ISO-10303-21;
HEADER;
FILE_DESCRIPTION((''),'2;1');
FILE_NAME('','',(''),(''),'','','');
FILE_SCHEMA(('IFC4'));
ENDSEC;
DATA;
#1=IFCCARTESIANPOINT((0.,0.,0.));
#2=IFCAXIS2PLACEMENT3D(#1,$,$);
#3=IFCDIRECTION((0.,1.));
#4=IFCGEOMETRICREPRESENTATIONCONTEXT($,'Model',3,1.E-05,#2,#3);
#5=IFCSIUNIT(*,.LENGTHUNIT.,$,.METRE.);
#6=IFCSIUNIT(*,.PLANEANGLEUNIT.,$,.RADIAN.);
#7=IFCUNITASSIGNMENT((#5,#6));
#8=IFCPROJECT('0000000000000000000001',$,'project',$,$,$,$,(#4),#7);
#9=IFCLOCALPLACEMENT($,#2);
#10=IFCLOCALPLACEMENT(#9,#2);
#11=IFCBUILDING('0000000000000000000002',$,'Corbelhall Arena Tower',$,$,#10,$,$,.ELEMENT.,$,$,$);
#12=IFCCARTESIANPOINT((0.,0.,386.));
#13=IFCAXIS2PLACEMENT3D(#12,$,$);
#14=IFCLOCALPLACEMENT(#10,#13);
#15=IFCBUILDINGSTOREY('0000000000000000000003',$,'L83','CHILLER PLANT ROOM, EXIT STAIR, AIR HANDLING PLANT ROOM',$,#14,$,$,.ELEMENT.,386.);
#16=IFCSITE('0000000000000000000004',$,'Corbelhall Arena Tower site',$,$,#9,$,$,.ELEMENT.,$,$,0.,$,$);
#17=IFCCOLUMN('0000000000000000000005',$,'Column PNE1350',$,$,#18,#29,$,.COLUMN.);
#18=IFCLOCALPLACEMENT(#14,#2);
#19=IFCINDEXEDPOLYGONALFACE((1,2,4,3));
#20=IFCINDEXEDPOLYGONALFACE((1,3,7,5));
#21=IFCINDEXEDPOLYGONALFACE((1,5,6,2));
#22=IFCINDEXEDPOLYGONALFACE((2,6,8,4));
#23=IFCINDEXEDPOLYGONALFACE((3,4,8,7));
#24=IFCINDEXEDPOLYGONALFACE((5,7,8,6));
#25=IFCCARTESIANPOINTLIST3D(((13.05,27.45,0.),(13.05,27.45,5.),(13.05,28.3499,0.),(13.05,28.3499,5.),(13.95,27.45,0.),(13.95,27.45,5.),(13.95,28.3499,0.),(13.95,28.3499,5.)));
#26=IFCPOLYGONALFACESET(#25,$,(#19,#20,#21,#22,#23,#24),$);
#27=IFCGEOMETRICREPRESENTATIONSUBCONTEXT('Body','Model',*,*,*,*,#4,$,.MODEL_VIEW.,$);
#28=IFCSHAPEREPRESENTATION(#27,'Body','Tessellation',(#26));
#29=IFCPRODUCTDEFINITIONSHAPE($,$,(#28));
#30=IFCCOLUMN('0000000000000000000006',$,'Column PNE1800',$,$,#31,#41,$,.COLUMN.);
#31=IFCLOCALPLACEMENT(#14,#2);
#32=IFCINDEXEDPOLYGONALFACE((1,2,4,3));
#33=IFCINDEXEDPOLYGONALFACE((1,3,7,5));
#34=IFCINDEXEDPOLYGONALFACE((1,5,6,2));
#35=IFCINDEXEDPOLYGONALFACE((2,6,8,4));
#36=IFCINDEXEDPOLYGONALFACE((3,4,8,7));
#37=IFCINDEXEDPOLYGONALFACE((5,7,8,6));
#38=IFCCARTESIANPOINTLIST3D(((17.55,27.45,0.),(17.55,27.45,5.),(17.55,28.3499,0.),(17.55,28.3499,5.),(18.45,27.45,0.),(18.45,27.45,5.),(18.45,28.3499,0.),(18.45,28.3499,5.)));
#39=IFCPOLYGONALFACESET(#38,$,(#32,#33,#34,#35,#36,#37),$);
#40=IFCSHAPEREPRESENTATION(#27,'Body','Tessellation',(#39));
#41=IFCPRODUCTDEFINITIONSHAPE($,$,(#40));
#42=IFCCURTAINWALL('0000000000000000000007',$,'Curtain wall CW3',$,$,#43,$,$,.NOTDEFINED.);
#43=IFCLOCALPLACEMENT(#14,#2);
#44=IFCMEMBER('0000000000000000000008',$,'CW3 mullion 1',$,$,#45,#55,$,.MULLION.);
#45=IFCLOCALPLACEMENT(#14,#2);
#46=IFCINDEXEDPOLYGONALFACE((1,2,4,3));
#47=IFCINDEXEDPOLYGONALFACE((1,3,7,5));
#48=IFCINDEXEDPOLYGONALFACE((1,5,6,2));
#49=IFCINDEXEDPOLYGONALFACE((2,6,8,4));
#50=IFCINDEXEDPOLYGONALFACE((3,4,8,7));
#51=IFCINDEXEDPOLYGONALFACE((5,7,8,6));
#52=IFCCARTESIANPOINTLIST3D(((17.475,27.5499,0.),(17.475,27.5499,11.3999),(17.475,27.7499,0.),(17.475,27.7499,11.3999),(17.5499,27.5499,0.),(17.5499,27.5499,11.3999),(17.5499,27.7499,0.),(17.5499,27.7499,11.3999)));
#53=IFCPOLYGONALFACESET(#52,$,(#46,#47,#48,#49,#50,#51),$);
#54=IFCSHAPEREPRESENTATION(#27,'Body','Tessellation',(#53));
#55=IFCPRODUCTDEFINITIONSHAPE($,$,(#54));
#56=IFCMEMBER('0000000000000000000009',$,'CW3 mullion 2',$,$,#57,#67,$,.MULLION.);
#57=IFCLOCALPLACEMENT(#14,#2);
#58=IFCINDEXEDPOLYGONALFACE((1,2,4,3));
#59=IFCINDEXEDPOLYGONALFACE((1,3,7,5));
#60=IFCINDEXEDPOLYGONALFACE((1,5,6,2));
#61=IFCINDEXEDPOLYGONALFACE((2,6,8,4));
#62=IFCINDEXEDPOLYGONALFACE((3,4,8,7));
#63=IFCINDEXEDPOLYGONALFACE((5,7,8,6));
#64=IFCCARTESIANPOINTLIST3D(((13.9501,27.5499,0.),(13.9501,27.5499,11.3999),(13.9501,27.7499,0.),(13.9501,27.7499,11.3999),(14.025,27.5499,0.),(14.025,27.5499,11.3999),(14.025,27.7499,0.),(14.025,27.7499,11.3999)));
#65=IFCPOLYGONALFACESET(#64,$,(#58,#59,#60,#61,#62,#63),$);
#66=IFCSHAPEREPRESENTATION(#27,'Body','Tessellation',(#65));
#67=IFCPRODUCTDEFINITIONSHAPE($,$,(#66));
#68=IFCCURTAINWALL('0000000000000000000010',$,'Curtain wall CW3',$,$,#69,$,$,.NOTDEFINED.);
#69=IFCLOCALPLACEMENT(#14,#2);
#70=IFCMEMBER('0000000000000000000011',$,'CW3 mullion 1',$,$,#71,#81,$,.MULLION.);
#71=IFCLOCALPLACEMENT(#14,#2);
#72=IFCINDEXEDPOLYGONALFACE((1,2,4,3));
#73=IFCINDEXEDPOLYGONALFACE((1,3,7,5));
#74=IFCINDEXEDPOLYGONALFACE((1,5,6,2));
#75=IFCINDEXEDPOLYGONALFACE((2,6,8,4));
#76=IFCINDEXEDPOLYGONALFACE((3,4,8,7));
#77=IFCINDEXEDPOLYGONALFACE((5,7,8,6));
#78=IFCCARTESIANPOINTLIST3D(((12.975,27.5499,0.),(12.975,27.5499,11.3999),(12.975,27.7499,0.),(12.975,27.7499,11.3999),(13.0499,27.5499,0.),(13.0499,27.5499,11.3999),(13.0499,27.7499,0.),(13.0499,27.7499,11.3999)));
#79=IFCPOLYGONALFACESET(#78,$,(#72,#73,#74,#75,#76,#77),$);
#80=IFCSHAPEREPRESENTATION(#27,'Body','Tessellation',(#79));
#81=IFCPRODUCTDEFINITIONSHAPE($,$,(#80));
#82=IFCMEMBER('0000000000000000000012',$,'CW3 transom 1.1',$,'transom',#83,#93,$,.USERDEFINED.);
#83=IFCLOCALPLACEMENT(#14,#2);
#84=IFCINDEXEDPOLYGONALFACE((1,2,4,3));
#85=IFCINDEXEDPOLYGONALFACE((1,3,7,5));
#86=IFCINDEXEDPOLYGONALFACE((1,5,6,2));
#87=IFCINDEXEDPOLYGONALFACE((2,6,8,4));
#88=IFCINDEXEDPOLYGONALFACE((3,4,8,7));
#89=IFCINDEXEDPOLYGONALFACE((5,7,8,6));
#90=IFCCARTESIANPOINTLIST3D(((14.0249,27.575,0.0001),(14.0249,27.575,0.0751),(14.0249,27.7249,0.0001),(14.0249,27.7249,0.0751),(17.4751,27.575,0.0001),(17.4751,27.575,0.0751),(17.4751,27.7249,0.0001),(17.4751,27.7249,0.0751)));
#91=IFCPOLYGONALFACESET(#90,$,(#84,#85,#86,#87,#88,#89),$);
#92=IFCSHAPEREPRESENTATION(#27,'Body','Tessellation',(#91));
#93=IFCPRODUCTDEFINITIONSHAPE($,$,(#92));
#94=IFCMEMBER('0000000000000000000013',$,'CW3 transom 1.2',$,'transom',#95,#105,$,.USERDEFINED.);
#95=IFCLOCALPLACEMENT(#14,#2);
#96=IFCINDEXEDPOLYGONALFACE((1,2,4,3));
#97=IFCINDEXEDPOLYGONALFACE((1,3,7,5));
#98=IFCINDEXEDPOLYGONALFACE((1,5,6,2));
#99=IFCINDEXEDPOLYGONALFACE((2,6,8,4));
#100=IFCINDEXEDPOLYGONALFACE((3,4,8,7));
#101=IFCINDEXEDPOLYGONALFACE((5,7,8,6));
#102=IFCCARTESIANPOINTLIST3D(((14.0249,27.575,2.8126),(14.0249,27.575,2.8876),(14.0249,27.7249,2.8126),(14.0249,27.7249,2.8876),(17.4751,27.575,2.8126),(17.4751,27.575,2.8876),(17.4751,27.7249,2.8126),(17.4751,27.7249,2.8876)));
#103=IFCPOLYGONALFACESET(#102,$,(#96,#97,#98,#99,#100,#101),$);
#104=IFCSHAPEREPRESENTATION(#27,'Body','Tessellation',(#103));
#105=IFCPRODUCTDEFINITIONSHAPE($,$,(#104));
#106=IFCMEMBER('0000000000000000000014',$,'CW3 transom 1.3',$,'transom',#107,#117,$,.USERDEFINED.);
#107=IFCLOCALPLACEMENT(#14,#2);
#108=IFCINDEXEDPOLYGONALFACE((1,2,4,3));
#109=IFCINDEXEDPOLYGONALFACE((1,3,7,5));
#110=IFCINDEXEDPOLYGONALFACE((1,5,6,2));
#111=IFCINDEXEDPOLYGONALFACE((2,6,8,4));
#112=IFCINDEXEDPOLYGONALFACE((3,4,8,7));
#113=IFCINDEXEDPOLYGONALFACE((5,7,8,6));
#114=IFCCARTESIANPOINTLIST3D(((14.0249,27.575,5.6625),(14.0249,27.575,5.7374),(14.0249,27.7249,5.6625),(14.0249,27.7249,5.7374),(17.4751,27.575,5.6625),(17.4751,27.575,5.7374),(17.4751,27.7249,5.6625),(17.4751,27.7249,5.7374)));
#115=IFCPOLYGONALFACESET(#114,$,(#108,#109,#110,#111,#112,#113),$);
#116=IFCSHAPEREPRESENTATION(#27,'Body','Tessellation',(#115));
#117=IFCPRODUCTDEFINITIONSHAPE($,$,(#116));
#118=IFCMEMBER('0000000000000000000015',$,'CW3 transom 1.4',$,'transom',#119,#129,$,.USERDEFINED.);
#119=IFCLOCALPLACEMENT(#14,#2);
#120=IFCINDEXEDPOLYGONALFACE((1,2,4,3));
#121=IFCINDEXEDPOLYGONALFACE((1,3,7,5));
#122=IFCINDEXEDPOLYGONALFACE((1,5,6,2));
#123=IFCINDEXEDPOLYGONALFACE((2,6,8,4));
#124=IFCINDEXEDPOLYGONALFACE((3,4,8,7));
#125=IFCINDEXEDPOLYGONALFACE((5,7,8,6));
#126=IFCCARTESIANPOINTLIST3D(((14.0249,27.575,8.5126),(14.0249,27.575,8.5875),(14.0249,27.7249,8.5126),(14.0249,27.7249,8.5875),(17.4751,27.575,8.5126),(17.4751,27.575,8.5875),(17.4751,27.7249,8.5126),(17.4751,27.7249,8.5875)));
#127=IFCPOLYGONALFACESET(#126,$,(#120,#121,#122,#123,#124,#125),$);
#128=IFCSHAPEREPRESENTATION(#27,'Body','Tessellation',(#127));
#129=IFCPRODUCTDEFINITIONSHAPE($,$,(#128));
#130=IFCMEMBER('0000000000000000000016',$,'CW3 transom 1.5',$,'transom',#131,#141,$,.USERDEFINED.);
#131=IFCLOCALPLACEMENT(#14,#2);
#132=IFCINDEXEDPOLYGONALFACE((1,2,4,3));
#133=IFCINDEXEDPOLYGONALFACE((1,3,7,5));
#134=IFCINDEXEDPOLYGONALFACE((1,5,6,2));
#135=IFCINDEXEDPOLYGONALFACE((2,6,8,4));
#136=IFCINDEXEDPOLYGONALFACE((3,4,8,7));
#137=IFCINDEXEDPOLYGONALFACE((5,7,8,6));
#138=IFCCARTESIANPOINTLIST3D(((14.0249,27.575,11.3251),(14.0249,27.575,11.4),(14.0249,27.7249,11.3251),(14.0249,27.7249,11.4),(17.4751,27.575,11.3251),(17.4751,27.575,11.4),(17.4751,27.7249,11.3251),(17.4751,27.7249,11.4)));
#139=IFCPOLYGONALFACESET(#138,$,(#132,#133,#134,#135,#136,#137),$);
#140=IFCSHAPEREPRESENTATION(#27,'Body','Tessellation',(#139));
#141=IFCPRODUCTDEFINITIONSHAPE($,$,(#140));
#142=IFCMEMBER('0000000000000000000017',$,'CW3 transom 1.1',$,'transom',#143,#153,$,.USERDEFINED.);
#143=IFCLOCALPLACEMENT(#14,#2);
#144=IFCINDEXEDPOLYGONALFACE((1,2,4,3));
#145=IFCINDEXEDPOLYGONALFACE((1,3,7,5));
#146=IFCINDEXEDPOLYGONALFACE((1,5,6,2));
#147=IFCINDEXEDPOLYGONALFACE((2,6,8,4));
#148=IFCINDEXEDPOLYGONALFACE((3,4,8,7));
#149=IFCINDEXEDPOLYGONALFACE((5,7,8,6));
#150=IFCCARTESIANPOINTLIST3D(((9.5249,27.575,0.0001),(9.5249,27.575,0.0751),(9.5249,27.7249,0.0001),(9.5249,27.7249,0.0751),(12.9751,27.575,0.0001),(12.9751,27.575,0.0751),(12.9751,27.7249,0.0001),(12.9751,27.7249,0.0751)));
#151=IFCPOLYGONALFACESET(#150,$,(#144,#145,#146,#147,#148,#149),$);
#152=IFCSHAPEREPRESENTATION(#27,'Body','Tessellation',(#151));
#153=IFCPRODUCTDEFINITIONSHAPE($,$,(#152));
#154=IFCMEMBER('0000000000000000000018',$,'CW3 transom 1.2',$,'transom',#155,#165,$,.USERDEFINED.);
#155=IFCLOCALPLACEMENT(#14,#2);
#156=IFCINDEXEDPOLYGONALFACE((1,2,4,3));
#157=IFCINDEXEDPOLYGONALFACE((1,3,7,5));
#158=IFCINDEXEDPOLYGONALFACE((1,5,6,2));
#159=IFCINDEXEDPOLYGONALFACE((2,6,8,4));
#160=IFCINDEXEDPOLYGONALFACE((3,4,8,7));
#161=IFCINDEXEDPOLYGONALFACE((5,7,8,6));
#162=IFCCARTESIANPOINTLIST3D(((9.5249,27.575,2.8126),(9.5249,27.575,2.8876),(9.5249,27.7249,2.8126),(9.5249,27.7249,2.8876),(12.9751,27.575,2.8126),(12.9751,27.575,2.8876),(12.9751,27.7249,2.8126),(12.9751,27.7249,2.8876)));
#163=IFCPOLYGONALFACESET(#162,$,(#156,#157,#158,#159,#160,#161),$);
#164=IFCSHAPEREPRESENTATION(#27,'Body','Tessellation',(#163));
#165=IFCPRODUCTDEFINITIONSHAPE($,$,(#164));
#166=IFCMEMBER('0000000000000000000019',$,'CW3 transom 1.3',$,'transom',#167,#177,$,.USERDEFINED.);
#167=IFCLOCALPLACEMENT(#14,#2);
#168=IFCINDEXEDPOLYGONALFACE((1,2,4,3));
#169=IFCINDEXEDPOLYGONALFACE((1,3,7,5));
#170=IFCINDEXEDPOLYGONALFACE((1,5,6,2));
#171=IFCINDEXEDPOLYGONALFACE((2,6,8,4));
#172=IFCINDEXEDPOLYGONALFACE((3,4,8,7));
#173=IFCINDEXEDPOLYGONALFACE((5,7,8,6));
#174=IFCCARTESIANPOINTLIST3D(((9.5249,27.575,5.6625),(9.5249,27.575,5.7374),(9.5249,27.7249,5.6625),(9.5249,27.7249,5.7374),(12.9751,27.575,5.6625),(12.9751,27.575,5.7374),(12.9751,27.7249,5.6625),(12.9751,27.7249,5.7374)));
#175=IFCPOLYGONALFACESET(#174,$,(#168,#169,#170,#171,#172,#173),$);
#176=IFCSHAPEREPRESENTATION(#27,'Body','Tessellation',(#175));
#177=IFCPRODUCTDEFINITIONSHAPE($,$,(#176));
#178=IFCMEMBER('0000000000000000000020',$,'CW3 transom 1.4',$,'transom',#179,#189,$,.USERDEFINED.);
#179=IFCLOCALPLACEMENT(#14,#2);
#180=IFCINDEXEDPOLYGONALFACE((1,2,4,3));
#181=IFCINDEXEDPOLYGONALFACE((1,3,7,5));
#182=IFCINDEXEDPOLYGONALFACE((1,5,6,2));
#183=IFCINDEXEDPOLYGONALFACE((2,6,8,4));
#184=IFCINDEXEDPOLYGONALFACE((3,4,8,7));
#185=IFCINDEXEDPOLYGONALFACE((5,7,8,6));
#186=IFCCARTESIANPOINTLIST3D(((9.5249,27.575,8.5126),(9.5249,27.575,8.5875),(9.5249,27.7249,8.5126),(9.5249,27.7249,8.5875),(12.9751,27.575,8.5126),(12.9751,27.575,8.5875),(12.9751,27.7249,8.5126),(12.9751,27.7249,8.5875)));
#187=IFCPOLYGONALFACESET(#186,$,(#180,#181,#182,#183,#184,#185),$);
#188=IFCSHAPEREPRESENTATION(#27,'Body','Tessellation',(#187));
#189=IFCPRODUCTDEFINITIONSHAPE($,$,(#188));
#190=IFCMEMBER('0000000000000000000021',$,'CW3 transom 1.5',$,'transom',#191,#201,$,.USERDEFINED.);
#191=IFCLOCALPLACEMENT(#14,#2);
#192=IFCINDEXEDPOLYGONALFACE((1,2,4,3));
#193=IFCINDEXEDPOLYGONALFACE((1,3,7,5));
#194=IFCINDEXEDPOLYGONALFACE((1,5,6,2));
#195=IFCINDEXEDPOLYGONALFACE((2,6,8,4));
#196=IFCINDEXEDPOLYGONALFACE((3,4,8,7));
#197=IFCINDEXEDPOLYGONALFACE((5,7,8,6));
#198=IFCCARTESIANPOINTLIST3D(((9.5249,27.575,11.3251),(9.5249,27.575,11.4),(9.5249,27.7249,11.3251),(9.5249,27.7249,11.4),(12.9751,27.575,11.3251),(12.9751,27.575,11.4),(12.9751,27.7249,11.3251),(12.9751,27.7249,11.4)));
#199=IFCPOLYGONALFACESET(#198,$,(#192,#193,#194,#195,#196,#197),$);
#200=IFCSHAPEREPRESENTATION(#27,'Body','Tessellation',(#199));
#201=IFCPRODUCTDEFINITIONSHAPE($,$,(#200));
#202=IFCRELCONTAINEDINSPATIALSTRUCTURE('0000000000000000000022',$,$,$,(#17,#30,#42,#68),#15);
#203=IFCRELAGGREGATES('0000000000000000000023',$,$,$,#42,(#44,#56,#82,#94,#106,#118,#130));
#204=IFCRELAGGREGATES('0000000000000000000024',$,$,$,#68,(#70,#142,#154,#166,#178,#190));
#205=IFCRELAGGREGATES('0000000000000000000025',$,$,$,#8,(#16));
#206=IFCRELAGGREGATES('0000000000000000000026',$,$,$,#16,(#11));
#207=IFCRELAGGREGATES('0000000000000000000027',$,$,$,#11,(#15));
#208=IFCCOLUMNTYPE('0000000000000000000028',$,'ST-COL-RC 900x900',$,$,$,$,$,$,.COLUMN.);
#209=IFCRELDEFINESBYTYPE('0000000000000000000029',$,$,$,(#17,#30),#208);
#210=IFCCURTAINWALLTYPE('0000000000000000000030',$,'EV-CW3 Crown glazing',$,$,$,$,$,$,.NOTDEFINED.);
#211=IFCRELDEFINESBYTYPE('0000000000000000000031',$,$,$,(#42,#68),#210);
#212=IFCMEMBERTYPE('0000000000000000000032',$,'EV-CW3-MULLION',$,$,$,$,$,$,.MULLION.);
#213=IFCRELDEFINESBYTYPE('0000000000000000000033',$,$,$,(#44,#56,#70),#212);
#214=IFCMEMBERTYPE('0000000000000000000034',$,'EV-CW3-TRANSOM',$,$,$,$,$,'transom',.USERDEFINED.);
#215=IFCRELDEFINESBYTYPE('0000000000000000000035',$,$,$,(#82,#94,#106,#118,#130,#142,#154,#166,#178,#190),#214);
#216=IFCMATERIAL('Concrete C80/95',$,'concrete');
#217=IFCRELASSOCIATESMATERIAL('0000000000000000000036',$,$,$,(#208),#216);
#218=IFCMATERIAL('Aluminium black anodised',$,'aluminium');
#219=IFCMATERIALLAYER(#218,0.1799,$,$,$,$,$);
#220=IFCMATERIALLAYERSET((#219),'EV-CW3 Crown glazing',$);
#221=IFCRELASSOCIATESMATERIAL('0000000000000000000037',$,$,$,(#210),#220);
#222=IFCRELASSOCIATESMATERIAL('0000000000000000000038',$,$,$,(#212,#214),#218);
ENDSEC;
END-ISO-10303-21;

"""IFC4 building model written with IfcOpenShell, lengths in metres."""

from ifc_helpers import new_model, si_unit, direction, frame, origin, origin_2d, place, context, subcontext, project, spatial, rectangle, extrude, material, layer, layer_set, material_profile, profile_set, type_object, element, aggregate, save


model = new_model("IFC4")

# Units and contexts
model_context = context("Model", 3, precision=1e-05, world=origin(), true_north=direction((0.0, 1.0)))
body_context = subcontext(model_context, "Body", "Model", "MODEL_VIEW")
ifc_project = project(units=[si_unit("LENGTHUNIT", "METRE"), si_unit("PLANEANGLEUNIT", "RADIAN")], contexts=[model_context])

# Site, building, storey
site_placement = place(None, origin())
site = spatial("IfcSite", under=ifc_project, at=site_placement, Name="Corbelhall Arena Tower site", CompositionType="ELEMENT", RefElevation=0.0)
building_placement = place(site_placement, origin())
building = spatial("IfcBuilding", under=site, at=building_placement, Name="Corbelhall Arena Tower", CompositionType="ELEMENT")
storey_placement = place(building_placement, frame((0.0, 0.0, 386.0)))
storey = spatial("IfcBuildingStorey", under=building, at=storey_placement, Name="L83", Description="CHILLER PLANT ROOM, EXIT STAIR, AIR HANDLING PLANT ROOM", CompositionType="ELEMENT", Elevation=386.0)

# Columns
ifc_material_1 = material(Name="Concrete C80/95", Category="concrete")
ifc_material_profile_1 = material_profile(ifc_material_1, rectangle(XDim=0.8999, YDim=0.8999, at=origin_2d()))
ifc_profile_set_1 = profile_set([ifc_material_profile_1], Name="Concrete C80/95")
column_type = type_object("IfcColumnType", Name="ST-COL-RC 900x900", PredefinedType="COLUMN", material=ifc_profile_set_1)
for number, where, z_axis, x_axis, name in (
    (1, (13.5, 27.8999, 0.0), (0.0, 0.0, 1.0), (1.0, 0.0, 0.0), "Column PNE1350"),
    (2, (18.0, 27.8999, 0.0), (0.0, 0.0, 1.0), (1.0, 0.0, 0.0), "Column PNE1800"),
):
    element("IfcColumn", number, at=place(storey_placement, frame(where, z_axis=z_axis, x_axis=x_axis)), inside=storey, type_object=column_type, Name=name, PredefinedType="COLUMN", context=body_context, shape_type="SweptSolid", body=[
        extrude(rectangle(XDim=0.8999, YDim=0.8999, at=origin_2d()), origin(), (0.0, 0.0, 1.0), 5.0),
    ])

# Curtain wall, members
ifc_material_2 = material(Name="Aluminium black anodised", Category="aluminium")
ifc_layer_1 = layer(ifc_material_2, 0.1799)
ifc_layer_set_1 = layer_set([ifc_layer_1], Name="EV-CW3 Crown glazing")
curtain_wall_type = type_object("IfcCurtainWallType", Name="EV-CW3 Crown glazing", PredefinedType="NOTDEFINED", material=ifc_layer_set_1)
curtain_wall_1_placement = place(storey_placement, origin())
curtain_wall_1 = element("IfcCurtainWall", 3, at=curtain_wall_1_placement, inside=storey, type_object=curtain_wall_type, Name="Curtain wall CW3", PredefinedType="NOTDEFINED")
ifc_material_profile_2 = material_profile(ifc_material_2, rectangle(XDim=0.2, YDim=0.075, at=origin_2d()))
ifc_profile_set_2 = profile_set([ifc_material_profile_2], Name="Aluminium black anodised")
member_type_1 = type_object("IfcMemberType", Name="EV-CW3-MULLION", PredefinedType="MULLION", material=ifc_profile_set_2)
member_1_placement = place(storey_placement, frame((17.5125, 27.6499, 0.0), z_axis=(0.0, 0.0, 1.0), x_axis=(0.0, -1.0, 0.0)))
member_1 = element("IfcMember", 4, at=member_1_placement, type_object=member_type_1, Name="CW3 mullion 1", PredefinedType="MULLION", context=body_context, shape_type="SweptSolid", body=[
    extrude(rectangle(XDim=0.2, YDim=0.075, at=origin_2d()), origin(), (0.0, 0.0, 1.0), 11.3999),
])
member_2_placement = place(storey_placement, frame((13.9875, 27.6499, 0.0), z_axis=(0.0, 0.0, 1.0), x_axis=(0.0, -1.0, 0.0)))
member_2 = element("IfcMember", 5, at=member_2_placement, type_object=member_type_1, Name="CW3 mullion 2", PredefinedType="MULLION", context=body_context, shape_type="SweptSolid", body=[
    extrude(rectangle(XDim=0.2, YDim=0.075, at=origin_2d()), origin(), (0.0, 0.0, 1.0), 11.3999),
])

# Curtain wall, member
curtain_wall_2_placement = place(storey_placement, origin())
curtain_wall_2 = element("IfcCurtainWall", 6, at=curtain_wall_2_placement, inside=storey, type_object=curtain_wall_type, Name="Curtain wall CW3", PredefinedType="NOTDEFINED")
member_3_placement = place(storey_placement, frame((13.0125, 27.6499, 0.0), z_axis=(0.0, 0.0, 1.0), x_axis=(0.0, -1.0, 0.0)))
member_3 = element("IfcMember", 7, at=member_3_placement, type_object=member_type_1, Name="CW3 mullion 1", PredefinedType="MULLION", context=body_context, shape_type="SweptSolid", body=[
    extrude(rectangle(XDim=0.2, YDim=0.075, at=origin_2d()), origin(), (0.0, 0.0, 1.0), 11.3999),
])

# Members
ifc_material_profile_3 = material_profile(ifc_material_2, rectangle(XDim=0.1499, YDim=0.075, at=origin_2d()))
ifc_profile_set_3 = profile_set([ifc_material_profile_3], Name="Aluminium black anodised")
member_type_2 = type_object("IfcMemberType", Name="EV-CW3-TRANSOM", ElementType="transom", PredefinedType="USERDEFINED", material=ifc_profile_set_3)
member_4_placement = place(storey_placement, frame((17.4751, 27.6499, 0.0376), z_axis=(-1.0, 0.0, 0.0), x_axis=(0.0, -1.0, 0.0)))
member_4 = element("IfcMember", 8, at=member_4_placement, type_object=member_type_2, Name="CW3 transom 1.1", ObjectType="transom", PredefinedType="USERDEFINED", context=body_context, shape_type="SweptSolid", body=[
    extrude(rectangle(XDim=0.1499, YDim=0.075, at=origin_2d()), origin(), (0.0, 0.0, 1.0), 3.4502),
])
member_5_placement = place(storey_placement, frame((17.4751, 27.6499, 2.8501), z_axis=(-1.0, 0.0, 0.0), x_axis=(0.0, -1.0, 0.0)))
member_5 = element("IfcMember", 9, at=member_5_placement, type_object=member_type_2, Name="CW3 transom 1.2", ObjectType="transom", PredefinedType="USERDEFINED", context=body_context, shape_type="SweptSolid", body=[
    extrude(rectangle(XDim=0.1499, YDim=0.075, at=origin_2d()), origin(), (0.0, 0.0, 1.0), 3.4502),
])
member_6_placement = place(storey_placement, frame((17.4751, 27.6499, 5.7), z_axis=(-1.0, 0.0, 0.0), x_axis=(0.0, -1.0, 0.0)))
member_6 = element("IfcMember", 10, at=member_6_placement, type_object=member_type_2, Name="CW3 transom 1.3", ObjectType="transom", PredefinedType="USERDEFINED", context=body_context, shape_type="SweptSolid", body=[
    extrude(rectangle(XDim=0.1499, YDim=0.075, at=origin_2d()), origin(), (0.0, 0.0, 1.0), 3.4502),
])
member_7_placement = place(storey_placement, frame((17.4751, 27.6499, 8.55), z_axis=(-1.0, 0.0, 0.0), x_axis=(0.0, -1.0, 0.0)))
member_7 = element("IfcMember", 11, at=member_7_placement, type_object=member_type_2, Name="CW3 transom 1.4", ObjectType="transom", PredefinedType="USERDEFINED", context=body_context, shape_type="SweptSolid", body=[
    extrude(rectangle(XDim=0.1499, YDim=0.075, at=origin_2d()), origin(), (0.0, 0.0, 1.0), 3.4502),
])
member_8_placement = place(storey_placement, frame((17.4751, 27.6499, 11.3625), z_axis=(-1.0, 0.0, 0.0), x_axis=(0.0, -1.0, 0.0)))
member_8 = element("IfcMember", 12, at=member_8_placement, type_object=member_type_2, Name="CW3 transom 1.5", ObjectType="transom", PredefinedType="USERDEFINED", context=body_context, shape_type="SweptSolid", body=[
    extrude(rectangle(XDim=0.1499, YDim=0.075, at=origin_2d()), origin(), (0.0, 0.0, 1.0), 3.4502),
])
member_9_placement = place(storey_placement, frame((12.9751, 27.6499, 0.0376), z_axis=(-1.0, 0.0, 0.0), x_axis=(0.0, -1.0, 0.0)))
member_9 = element("IfcMember", 13, at=member_9_placement, type_object=member_type_2, Name="CW3 transom 1.1", ObjectType="transom", PredefinedType="USERDEFINED", context=body_context, shape_type="SweptSolid", body=[
    extrude(rectangle(XDim=0.1499, YDim=0.075, at=origin_2d()), origin(), (0.0, 0.0, 1.0), 3.4502),
])
member_10_placement = place(storey_placement, frame((12.9751, 27.6499, 2.8501), z_axis=(-1.0, 0.0, 0.0), x_axis=(0.0, -1.0, 0.0)))
member_10 = element("IfcMember", 14, at=member_10_placement, type_object=member_type_2, Name="CW3 transom 1.2", ObjectType="transom", PredefinedType="USERDEFINED", context=body_context, shape_type="SweptSolid", body=[
    extrude(rectangle(XDim=0.1499, YDim=0.075, at=origin_2d()), origin(), (0.0, 0.0, 1.0), 3.4502),
])
member_11_placement = place(storey_placement, frame((12.9751, 27.6499, 5.7), z_axis=(-1.0, 0.0, 0.0), x_axis=(0.0, -1.0, 0.0)))
member_11 = element("IfcMember", 15, at=member_11_placement, type_object=member_type_2, Name="CW3 transom 1.3", ObjectType="transom", PredefinedType="USERDEFINED", context=body_context, shape_type="SweptSolid", body=[
    extrude(rectangle(XDim=0.1499, YDim=0.075, at=origin_2d()), origin(), (0.0, 0.0, 1.0), 3.4502),
])
member_12_placement = place(storey_placement, frame((12.9751, 27.6499, 8.55), z_axis=(-1.0, 0.0, 0.0), x_axis=(0.0, -1.0, 0.0)))
member_12 = element("IfcMember", 16, at=member_12_placement, type_object=member_type_2, Name="CW3 transom 1.4", ObjectType="transom", PredefinedType="USERDEFINED", context=body_context, shape_type="SweptSolid", body=[
    extrude(rectangle(XDim=0.1499, YDim=0.075, at=origin_2d()), origin(), (0.0, 0.0, 1.0), 3.4502),
])
member_13_placement = place(storey_placement, frame((12.9751, 27.6499, 11.3625), z_axis=(-1.0, 0.0, 0.0), x_axis=(0.0, -1.0, 0.0)))
member_13 = element("IfcMember", 17, at=member_13_placement, type_object=member_type_2, Name="CW3 transom 1.5", ObjectType="transom", PredefinedType="USERDEFINED", context=body_context, shape_type="SweptSolid", body=[
    extrude(rectangle(XDim=0.1499, YDim=0.075, at=origin_2d()), origin(), (0.0, 0.0, 1.0), 3.4502),
])

aggregate(curtain_wall_1, [member_1, member_2, member_4, member_5, member_6, member_7, member_8])
aggregate(curtain_wall_2, [member_3, member_9, member_10, member_11, member_12, member_13])

save(model, "model.ifc")
